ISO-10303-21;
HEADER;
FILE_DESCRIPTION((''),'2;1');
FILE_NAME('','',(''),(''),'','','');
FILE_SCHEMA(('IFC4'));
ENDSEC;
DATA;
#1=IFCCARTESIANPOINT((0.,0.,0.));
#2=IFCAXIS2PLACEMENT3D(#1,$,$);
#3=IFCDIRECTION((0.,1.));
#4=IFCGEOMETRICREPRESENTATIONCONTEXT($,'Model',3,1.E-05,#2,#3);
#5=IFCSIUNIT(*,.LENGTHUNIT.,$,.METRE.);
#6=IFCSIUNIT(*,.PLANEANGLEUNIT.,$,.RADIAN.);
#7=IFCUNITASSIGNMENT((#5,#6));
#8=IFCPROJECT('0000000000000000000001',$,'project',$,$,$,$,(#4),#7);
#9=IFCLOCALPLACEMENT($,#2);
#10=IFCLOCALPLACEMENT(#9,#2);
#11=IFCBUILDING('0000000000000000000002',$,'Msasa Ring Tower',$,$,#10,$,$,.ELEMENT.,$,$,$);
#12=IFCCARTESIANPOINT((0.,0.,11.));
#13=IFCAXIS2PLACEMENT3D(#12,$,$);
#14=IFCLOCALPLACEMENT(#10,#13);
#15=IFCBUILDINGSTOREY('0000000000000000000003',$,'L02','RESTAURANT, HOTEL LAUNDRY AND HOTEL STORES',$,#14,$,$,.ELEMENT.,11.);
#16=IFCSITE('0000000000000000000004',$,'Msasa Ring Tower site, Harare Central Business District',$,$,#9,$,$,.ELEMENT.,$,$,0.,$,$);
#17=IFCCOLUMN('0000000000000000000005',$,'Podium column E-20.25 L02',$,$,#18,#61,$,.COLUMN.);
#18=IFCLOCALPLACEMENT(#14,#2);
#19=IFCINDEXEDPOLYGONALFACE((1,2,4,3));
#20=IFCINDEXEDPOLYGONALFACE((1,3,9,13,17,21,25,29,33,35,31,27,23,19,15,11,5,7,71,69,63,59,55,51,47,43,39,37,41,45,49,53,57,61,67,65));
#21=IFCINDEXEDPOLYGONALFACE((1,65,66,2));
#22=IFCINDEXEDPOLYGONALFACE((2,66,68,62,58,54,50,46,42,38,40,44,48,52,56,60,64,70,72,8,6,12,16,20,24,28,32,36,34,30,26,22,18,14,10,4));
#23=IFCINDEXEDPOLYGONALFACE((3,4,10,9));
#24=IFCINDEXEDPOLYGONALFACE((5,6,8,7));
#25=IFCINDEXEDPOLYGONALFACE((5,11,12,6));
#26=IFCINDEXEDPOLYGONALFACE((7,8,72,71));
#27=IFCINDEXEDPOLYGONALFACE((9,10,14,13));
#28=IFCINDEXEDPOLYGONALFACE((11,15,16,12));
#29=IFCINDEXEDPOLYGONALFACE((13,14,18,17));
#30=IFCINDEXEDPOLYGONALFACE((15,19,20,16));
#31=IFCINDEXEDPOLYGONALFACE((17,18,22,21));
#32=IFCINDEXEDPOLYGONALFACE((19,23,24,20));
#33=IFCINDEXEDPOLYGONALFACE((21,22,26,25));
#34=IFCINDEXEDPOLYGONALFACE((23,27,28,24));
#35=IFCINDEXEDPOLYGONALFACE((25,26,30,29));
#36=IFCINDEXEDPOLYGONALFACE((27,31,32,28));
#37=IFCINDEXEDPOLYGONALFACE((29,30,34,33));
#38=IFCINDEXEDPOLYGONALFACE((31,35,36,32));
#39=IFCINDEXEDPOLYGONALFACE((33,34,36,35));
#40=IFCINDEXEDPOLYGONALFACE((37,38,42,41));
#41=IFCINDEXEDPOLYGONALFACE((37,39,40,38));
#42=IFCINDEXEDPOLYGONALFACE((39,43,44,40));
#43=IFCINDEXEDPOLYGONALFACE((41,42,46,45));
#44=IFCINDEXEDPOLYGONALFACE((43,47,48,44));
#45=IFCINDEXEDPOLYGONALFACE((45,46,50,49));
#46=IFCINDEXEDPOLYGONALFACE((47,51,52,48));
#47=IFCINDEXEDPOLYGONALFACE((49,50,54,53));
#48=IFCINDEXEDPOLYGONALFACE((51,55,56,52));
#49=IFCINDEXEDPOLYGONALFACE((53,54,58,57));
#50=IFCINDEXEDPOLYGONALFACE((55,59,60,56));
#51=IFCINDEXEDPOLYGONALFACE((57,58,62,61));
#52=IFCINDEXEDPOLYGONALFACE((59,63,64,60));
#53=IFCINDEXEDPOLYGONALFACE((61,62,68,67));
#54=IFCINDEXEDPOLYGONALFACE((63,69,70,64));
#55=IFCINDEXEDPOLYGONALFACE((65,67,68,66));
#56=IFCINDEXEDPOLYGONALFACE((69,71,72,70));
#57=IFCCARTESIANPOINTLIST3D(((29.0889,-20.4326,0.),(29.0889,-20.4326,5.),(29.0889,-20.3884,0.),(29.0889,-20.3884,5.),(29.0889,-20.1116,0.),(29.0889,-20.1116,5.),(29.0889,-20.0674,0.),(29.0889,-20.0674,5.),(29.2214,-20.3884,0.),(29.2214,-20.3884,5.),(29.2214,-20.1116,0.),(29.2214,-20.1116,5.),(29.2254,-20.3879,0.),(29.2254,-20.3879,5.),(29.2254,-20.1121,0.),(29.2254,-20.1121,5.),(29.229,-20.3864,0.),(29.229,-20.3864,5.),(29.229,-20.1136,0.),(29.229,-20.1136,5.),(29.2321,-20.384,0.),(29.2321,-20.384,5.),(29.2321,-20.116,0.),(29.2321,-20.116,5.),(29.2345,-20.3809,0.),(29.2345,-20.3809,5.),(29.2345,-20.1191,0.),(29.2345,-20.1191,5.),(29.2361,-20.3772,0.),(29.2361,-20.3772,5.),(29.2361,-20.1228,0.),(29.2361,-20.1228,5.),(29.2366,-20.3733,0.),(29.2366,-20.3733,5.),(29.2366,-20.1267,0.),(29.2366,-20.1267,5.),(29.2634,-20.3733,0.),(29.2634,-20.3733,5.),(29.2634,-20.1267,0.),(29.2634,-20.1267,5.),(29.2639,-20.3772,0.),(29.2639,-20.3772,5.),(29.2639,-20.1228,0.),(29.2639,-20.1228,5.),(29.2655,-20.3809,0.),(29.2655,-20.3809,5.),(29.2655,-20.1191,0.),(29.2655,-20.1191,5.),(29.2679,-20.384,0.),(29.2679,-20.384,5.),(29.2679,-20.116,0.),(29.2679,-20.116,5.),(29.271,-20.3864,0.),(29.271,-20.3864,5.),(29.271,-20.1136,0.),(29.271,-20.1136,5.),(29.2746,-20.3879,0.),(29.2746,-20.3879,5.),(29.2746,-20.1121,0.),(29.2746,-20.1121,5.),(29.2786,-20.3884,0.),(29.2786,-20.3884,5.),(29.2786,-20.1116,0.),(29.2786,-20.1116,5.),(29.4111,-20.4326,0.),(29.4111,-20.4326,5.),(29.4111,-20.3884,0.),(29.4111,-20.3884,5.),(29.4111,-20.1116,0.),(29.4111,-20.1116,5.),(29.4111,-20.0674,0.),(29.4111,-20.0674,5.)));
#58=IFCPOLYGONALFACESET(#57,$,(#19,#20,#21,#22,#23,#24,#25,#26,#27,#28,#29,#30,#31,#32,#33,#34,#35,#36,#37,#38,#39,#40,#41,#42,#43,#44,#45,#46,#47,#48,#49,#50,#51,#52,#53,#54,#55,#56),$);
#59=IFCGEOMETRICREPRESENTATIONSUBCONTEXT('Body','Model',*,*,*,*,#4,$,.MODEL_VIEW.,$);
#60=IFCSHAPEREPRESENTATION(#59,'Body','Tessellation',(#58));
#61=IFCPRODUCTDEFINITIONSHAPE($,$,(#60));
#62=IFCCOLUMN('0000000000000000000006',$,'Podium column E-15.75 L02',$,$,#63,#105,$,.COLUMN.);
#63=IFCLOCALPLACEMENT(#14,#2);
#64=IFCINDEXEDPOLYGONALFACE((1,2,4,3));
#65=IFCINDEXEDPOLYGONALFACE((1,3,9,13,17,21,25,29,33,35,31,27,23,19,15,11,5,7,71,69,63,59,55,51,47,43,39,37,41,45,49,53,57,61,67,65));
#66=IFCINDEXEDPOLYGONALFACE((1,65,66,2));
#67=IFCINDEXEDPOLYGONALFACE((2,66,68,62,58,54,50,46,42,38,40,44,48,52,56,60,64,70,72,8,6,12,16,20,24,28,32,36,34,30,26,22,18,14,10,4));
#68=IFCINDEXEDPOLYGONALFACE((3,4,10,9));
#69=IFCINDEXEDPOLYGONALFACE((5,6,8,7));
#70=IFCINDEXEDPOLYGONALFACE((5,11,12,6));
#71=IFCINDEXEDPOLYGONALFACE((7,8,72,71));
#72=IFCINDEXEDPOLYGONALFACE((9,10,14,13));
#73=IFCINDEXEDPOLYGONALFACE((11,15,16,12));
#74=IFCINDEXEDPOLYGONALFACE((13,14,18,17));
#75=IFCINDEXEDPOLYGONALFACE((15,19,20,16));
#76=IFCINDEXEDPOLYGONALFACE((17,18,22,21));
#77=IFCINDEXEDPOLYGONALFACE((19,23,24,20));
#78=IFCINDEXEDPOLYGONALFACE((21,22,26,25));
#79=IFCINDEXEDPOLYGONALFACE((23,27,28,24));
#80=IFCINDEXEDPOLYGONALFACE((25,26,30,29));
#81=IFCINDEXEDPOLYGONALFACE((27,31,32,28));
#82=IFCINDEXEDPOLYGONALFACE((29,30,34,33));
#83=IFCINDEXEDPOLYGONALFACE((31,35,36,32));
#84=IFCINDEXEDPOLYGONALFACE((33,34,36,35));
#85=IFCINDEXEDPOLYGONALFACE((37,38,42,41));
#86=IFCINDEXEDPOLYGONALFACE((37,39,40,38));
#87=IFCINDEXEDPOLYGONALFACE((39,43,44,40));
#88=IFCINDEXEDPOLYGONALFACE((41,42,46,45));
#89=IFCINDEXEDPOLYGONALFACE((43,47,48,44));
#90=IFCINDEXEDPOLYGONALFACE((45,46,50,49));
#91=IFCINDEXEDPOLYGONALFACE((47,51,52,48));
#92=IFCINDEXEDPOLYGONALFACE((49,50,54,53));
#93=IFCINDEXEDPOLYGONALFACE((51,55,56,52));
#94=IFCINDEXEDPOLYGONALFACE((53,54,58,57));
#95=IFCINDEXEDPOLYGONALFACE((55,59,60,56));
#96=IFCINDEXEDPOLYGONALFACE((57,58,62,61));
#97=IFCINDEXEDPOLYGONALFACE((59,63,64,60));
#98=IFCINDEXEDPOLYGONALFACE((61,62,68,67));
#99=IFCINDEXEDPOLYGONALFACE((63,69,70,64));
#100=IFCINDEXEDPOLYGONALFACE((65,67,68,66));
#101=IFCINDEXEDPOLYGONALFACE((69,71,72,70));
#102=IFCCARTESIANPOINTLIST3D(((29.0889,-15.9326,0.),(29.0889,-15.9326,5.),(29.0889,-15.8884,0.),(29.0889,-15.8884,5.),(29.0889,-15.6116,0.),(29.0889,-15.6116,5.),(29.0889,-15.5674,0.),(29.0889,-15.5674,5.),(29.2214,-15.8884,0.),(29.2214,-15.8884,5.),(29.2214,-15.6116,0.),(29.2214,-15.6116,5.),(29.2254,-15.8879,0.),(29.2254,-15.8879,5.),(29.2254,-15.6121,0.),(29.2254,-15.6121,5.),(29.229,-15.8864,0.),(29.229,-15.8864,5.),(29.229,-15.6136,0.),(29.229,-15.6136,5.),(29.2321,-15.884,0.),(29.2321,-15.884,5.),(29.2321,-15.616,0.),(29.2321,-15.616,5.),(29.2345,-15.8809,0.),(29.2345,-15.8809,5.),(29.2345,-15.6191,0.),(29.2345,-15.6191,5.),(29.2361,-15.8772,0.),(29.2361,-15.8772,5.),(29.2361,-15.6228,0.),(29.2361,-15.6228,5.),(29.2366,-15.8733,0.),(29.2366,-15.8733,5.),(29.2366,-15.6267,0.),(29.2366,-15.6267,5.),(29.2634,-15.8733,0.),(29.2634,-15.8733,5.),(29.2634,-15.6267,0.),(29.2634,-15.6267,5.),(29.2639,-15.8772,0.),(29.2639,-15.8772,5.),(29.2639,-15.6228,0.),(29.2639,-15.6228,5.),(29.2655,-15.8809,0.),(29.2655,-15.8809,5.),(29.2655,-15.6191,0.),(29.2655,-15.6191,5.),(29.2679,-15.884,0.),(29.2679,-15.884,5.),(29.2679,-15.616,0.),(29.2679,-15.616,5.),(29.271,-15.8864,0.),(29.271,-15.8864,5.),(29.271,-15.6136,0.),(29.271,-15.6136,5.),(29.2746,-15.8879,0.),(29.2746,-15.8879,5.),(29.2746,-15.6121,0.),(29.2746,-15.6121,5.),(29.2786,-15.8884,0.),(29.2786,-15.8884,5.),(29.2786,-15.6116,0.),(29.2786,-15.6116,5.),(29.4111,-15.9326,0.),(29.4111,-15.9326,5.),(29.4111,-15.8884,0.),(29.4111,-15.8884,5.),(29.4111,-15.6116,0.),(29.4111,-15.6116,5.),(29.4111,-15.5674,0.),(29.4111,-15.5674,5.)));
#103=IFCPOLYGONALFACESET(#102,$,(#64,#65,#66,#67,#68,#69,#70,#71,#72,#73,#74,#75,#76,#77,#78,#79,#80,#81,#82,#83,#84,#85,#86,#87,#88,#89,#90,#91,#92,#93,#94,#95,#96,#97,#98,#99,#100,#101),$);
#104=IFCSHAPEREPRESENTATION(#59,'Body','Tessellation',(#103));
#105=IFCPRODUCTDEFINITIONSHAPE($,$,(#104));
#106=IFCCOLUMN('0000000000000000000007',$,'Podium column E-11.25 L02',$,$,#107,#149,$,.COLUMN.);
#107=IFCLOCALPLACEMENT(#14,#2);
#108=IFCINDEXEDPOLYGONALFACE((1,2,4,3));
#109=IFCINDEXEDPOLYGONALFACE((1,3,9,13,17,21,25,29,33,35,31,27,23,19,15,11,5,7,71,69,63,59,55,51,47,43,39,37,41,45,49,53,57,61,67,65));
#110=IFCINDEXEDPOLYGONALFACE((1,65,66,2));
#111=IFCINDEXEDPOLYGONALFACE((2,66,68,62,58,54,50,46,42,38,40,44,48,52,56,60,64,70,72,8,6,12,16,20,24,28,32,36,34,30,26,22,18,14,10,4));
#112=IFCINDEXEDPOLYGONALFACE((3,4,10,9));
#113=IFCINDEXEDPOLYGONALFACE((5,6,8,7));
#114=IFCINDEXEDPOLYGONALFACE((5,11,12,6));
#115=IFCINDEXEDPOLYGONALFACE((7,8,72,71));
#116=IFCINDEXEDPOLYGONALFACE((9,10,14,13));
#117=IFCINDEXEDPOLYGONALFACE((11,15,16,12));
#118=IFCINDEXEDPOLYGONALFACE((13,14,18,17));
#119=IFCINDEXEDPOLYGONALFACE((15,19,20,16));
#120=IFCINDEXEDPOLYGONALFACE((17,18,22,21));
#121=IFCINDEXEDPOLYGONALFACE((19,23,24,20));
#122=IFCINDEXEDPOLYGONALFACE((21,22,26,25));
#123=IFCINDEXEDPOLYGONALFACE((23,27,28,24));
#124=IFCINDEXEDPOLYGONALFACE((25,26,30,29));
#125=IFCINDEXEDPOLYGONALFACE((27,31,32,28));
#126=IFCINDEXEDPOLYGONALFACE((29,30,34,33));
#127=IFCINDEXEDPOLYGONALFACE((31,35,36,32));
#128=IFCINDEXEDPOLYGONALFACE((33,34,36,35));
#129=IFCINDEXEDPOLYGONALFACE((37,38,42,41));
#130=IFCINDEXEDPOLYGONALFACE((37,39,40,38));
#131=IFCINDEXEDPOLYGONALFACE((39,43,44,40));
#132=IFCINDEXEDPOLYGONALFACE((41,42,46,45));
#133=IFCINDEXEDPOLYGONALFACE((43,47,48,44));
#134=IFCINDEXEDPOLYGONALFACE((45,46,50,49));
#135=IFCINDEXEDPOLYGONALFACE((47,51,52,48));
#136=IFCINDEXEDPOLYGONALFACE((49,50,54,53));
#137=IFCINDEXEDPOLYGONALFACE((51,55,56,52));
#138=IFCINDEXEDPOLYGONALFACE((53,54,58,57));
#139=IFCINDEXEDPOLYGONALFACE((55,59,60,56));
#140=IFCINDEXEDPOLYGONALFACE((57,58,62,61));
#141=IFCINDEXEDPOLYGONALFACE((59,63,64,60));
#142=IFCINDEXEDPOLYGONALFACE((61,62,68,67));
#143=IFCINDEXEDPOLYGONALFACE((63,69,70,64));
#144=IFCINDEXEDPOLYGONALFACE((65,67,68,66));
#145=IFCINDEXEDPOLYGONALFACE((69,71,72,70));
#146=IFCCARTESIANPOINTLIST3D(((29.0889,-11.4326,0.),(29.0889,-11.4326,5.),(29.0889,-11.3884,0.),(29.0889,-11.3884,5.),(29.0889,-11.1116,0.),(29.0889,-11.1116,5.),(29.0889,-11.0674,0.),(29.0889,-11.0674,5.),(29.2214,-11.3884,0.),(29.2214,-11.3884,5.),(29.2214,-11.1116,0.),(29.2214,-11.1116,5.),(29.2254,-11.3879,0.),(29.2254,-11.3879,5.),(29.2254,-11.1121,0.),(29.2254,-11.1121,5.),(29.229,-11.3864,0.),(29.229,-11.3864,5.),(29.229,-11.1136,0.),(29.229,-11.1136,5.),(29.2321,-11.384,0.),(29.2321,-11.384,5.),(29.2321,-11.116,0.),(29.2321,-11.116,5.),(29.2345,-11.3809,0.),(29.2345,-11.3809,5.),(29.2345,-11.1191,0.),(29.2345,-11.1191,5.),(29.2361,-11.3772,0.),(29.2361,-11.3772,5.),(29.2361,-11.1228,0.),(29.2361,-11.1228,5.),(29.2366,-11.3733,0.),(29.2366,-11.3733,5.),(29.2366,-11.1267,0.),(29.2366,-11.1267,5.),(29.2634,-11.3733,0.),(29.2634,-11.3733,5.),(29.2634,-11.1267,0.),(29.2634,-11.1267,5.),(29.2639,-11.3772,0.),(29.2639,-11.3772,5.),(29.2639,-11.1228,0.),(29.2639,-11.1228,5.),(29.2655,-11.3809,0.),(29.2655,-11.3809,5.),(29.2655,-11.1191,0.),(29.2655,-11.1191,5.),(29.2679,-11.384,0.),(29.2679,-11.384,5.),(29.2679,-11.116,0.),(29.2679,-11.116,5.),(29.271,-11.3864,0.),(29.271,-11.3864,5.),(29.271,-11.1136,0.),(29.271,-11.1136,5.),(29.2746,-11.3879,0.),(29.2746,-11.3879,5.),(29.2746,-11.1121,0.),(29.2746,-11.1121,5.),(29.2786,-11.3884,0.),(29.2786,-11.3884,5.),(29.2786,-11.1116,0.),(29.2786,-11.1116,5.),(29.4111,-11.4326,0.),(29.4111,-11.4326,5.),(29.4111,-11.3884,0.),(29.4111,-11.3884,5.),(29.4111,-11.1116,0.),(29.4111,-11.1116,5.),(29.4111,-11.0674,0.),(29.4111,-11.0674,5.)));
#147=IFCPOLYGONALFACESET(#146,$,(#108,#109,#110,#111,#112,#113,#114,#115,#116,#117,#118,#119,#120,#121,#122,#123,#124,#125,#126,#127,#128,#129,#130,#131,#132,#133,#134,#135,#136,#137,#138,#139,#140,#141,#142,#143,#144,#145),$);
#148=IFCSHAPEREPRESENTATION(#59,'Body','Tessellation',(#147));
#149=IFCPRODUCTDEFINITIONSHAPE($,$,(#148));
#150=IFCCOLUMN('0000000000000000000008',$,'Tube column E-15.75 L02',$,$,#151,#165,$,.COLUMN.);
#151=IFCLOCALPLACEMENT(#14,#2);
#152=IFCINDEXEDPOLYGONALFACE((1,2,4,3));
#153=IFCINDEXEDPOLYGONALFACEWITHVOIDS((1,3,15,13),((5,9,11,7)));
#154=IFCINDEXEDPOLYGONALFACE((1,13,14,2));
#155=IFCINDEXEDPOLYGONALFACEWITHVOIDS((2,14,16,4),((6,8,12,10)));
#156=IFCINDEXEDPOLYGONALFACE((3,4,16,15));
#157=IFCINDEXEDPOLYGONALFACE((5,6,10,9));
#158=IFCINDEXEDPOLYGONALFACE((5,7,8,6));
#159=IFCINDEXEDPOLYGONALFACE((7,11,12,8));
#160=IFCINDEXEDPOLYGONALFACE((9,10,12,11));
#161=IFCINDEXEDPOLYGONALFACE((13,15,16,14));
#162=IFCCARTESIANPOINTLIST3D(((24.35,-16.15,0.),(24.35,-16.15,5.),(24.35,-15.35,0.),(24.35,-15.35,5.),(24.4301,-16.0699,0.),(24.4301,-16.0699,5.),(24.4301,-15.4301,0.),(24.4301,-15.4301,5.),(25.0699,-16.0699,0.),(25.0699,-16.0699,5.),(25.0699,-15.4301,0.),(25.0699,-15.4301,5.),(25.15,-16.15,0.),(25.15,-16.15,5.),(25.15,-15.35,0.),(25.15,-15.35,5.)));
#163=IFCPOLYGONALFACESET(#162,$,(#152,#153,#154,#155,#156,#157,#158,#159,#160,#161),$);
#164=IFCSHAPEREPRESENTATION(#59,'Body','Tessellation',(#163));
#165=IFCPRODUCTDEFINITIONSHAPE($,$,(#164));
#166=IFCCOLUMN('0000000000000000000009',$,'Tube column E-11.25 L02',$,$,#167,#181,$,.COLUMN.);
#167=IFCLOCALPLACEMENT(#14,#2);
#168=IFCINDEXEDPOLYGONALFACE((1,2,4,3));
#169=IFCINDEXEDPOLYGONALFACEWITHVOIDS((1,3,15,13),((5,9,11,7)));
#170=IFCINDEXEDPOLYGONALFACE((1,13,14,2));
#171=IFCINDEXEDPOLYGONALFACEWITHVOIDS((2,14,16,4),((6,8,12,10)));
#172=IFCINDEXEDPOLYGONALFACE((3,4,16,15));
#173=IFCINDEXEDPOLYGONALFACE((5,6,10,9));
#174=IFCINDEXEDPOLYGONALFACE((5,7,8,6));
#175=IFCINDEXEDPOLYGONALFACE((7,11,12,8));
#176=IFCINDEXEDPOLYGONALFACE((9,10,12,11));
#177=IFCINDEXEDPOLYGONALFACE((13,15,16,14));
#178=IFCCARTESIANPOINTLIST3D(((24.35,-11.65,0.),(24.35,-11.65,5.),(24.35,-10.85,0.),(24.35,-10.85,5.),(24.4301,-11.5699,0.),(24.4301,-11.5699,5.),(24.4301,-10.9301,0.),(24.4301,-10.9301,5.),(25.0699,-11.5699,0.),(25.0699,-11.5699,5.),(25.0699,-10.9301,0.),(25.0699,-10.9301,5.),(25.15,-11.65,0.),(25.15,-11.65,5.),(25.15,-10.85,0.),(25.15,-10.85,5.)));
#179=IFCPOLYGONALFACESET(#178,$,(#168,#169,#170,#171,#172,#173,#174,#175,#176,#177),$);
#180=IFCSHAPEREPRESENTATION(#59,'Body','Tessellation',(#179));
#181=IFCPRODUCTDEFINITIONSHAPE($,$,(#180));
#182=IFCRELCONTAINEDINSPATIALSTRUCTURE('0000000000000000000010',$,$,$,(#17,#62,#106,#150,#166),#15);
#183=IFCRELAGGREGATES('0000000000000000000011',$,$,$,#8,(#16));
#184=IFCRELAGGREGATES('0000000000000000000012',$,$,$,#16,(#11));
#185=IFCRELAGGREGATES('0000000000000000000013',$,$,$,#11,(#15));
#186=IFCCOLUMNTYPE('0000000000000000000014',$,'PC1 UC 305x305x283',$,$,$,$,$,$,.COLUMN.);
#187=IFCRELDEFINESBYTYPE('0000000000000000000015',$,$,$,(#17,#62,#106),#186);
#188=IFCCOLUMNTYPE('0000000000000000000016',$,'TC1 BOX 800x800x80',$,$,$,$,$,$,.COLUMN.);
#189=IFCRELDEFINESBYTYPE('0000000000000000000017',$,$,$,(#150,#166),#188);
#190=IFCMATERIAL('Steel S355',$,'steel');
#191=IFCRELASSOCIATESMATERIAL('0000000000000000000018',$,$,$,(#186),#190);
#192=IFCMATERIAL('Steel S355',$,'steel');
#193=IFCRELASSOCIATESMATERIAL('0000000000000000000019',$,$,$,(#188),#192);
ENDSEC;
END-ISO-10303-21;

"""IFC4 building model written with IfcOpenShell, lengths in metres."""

from ifc_helpers import new_model, si_unit, direction, frame, origin, origin_2d, place, context, subcontext, project, spatial, hollow_rectangle, i_section, extrude, material, material_profile, profile_set, type_object, element, save


model = new_model("IFC4")

# Units and contexts
model_context = context("Model", 3, precision=1e-05, world=origin(), true_north=direction((0.0, 1.0)))
body_context = subcontext(model_context, "Body", "Model", "MODEL_VIEW")
ifc_project = project(units=[si_unit("LENGTHUNIT", "METRE"), si_unit("PLANEANGLEUNIT", "RADIAN")], contexts=[model_context])

# Site, building, storey
site_placement = place(None, origin())
site = spatial("IfcSite", under=ifc_project, at=site_placement, Name="Msasa Ring Tower site, Harare Central Business District", CompositionType="ELEMENT", RefElevation=0.0)
building_placement = place(site_placement, origin())
building = spatial("IfcBuilding", under=site, at=building_placement, Name="Msasa Ring Tower", CompositionType="ELEMENT")
storey_placement = place(building_placement, frame((0.0, 0.0, 11.0)))
storey = spatial("IfcBuildingStorey", under=building, at=storey_placement, Name="L02", Description="RESTAURANT, HOTEL LAUNDRY AND HOTEL STORES", CompositionType="ELEMENT", Elevation=11.0)

# Columns
ifc_material_1 = material(Name="Steel S355", Category="steel")
ifc_material_profile_1 = material_profile(ifc_material_1, i_section(OverallWidth=0.3223, OverallDepth=0.3652, WebThickness=0.0269, FlangeThickness=0.0442, FilletRadius=0.0151, at=origin_2d()), Name="UC 305x305x283")
ifc_profile_set_1 = profile_set([ifc_material_profile_1], Name="Steel S355")
column_type_1 = type_object("IfcColumnType", Name="PC1 UC 305x305x283", PredefinedType="COLUMN", material=ifc_profile_set_1)
for number, where, z_axis, x_axis, name in (
    (1, (29.25, -20.25, 0.0), (0.0, 0.0, 1.0), (1.0, 0.0, 0.0), "Podium column E-20.25 L02"),
    (2, (29.25, -15.75, 0.0), (0.0, 0.0, 1.0), (1.0, 0.0, 0.0), "Podium column E-15.75 L02"),
    (3, (29.25, -11.25, 0.0), (0.0, 0.0, 1.0), (1.0, 0.0, 0.0), "Podium column E-11.25 L02"),
):
    element("IfcColumn", number, at=place(storey_placement, frame(where, z_axis=z_axis, x_axis=x_axis)), inside=storey, type_object=column_type_1, Name=name, PredefinedType="COLUMN", context=body_context, shape_type="SweptSolid", body=[
        extrude(i_section(OverallWidth=0.3223, OverallDepth=0.3652, WebThickness=0.0269, FlangeThickness=0.0442, FilletRadius=0.0151, at=origin_2d()), origin(), (0.0, 0.0, 1.0), 5.0),
    ])
ifc_material_2 = material(Name="Steel S355", Category="steel")
ifc_material_profile_2 = material_profile(ifc_material_2, hollow_rectangle(XDim=0.8, YDim=0.8, WallThickness=0.0801, at=origin_2d()), Name="BOX 800x800x80")
ifc_profile_set_2 = profile_set([ifc_material_profile_2], Name="Steel S355")
column_type_2 = type_object("IfcColumnType", Name="TC1 BOX 800x800x80", PredefinedType="COLUMN", material=ifc_profile_set_2)
for number, where, z_axis, x_axis, name in (
    (4, (24.75, -15.75, 0.0), (0.0, 0.0, 1.0), (1.0, 0.0, 0.0), "Tube column E-15.75 L02"),
    (5, (24.75, -11.25, 0.0), (0.0, 0.0, 1.0), (1.0, 0.0, 0.0), "Tube column E-11.25 L02"),
):
    element("IfcColumn", number, at=place(storey_placement, frame(where, z_axis=z_axis, x_axis=x_axis)), inside=storey, type_object=column_type_2, Name=name, PredefinedType="COLUMN", context=body_context, shape_type="SweptSolid", body=[
        extrude(hollow_rectangle(XDim=0.8, YDim=0.8, WallThickness=0.0801, at=origin_2d()), origin(), (0.0, 0.0, 1.0), 5.0),
    ])

save(model, "model.ifc")
